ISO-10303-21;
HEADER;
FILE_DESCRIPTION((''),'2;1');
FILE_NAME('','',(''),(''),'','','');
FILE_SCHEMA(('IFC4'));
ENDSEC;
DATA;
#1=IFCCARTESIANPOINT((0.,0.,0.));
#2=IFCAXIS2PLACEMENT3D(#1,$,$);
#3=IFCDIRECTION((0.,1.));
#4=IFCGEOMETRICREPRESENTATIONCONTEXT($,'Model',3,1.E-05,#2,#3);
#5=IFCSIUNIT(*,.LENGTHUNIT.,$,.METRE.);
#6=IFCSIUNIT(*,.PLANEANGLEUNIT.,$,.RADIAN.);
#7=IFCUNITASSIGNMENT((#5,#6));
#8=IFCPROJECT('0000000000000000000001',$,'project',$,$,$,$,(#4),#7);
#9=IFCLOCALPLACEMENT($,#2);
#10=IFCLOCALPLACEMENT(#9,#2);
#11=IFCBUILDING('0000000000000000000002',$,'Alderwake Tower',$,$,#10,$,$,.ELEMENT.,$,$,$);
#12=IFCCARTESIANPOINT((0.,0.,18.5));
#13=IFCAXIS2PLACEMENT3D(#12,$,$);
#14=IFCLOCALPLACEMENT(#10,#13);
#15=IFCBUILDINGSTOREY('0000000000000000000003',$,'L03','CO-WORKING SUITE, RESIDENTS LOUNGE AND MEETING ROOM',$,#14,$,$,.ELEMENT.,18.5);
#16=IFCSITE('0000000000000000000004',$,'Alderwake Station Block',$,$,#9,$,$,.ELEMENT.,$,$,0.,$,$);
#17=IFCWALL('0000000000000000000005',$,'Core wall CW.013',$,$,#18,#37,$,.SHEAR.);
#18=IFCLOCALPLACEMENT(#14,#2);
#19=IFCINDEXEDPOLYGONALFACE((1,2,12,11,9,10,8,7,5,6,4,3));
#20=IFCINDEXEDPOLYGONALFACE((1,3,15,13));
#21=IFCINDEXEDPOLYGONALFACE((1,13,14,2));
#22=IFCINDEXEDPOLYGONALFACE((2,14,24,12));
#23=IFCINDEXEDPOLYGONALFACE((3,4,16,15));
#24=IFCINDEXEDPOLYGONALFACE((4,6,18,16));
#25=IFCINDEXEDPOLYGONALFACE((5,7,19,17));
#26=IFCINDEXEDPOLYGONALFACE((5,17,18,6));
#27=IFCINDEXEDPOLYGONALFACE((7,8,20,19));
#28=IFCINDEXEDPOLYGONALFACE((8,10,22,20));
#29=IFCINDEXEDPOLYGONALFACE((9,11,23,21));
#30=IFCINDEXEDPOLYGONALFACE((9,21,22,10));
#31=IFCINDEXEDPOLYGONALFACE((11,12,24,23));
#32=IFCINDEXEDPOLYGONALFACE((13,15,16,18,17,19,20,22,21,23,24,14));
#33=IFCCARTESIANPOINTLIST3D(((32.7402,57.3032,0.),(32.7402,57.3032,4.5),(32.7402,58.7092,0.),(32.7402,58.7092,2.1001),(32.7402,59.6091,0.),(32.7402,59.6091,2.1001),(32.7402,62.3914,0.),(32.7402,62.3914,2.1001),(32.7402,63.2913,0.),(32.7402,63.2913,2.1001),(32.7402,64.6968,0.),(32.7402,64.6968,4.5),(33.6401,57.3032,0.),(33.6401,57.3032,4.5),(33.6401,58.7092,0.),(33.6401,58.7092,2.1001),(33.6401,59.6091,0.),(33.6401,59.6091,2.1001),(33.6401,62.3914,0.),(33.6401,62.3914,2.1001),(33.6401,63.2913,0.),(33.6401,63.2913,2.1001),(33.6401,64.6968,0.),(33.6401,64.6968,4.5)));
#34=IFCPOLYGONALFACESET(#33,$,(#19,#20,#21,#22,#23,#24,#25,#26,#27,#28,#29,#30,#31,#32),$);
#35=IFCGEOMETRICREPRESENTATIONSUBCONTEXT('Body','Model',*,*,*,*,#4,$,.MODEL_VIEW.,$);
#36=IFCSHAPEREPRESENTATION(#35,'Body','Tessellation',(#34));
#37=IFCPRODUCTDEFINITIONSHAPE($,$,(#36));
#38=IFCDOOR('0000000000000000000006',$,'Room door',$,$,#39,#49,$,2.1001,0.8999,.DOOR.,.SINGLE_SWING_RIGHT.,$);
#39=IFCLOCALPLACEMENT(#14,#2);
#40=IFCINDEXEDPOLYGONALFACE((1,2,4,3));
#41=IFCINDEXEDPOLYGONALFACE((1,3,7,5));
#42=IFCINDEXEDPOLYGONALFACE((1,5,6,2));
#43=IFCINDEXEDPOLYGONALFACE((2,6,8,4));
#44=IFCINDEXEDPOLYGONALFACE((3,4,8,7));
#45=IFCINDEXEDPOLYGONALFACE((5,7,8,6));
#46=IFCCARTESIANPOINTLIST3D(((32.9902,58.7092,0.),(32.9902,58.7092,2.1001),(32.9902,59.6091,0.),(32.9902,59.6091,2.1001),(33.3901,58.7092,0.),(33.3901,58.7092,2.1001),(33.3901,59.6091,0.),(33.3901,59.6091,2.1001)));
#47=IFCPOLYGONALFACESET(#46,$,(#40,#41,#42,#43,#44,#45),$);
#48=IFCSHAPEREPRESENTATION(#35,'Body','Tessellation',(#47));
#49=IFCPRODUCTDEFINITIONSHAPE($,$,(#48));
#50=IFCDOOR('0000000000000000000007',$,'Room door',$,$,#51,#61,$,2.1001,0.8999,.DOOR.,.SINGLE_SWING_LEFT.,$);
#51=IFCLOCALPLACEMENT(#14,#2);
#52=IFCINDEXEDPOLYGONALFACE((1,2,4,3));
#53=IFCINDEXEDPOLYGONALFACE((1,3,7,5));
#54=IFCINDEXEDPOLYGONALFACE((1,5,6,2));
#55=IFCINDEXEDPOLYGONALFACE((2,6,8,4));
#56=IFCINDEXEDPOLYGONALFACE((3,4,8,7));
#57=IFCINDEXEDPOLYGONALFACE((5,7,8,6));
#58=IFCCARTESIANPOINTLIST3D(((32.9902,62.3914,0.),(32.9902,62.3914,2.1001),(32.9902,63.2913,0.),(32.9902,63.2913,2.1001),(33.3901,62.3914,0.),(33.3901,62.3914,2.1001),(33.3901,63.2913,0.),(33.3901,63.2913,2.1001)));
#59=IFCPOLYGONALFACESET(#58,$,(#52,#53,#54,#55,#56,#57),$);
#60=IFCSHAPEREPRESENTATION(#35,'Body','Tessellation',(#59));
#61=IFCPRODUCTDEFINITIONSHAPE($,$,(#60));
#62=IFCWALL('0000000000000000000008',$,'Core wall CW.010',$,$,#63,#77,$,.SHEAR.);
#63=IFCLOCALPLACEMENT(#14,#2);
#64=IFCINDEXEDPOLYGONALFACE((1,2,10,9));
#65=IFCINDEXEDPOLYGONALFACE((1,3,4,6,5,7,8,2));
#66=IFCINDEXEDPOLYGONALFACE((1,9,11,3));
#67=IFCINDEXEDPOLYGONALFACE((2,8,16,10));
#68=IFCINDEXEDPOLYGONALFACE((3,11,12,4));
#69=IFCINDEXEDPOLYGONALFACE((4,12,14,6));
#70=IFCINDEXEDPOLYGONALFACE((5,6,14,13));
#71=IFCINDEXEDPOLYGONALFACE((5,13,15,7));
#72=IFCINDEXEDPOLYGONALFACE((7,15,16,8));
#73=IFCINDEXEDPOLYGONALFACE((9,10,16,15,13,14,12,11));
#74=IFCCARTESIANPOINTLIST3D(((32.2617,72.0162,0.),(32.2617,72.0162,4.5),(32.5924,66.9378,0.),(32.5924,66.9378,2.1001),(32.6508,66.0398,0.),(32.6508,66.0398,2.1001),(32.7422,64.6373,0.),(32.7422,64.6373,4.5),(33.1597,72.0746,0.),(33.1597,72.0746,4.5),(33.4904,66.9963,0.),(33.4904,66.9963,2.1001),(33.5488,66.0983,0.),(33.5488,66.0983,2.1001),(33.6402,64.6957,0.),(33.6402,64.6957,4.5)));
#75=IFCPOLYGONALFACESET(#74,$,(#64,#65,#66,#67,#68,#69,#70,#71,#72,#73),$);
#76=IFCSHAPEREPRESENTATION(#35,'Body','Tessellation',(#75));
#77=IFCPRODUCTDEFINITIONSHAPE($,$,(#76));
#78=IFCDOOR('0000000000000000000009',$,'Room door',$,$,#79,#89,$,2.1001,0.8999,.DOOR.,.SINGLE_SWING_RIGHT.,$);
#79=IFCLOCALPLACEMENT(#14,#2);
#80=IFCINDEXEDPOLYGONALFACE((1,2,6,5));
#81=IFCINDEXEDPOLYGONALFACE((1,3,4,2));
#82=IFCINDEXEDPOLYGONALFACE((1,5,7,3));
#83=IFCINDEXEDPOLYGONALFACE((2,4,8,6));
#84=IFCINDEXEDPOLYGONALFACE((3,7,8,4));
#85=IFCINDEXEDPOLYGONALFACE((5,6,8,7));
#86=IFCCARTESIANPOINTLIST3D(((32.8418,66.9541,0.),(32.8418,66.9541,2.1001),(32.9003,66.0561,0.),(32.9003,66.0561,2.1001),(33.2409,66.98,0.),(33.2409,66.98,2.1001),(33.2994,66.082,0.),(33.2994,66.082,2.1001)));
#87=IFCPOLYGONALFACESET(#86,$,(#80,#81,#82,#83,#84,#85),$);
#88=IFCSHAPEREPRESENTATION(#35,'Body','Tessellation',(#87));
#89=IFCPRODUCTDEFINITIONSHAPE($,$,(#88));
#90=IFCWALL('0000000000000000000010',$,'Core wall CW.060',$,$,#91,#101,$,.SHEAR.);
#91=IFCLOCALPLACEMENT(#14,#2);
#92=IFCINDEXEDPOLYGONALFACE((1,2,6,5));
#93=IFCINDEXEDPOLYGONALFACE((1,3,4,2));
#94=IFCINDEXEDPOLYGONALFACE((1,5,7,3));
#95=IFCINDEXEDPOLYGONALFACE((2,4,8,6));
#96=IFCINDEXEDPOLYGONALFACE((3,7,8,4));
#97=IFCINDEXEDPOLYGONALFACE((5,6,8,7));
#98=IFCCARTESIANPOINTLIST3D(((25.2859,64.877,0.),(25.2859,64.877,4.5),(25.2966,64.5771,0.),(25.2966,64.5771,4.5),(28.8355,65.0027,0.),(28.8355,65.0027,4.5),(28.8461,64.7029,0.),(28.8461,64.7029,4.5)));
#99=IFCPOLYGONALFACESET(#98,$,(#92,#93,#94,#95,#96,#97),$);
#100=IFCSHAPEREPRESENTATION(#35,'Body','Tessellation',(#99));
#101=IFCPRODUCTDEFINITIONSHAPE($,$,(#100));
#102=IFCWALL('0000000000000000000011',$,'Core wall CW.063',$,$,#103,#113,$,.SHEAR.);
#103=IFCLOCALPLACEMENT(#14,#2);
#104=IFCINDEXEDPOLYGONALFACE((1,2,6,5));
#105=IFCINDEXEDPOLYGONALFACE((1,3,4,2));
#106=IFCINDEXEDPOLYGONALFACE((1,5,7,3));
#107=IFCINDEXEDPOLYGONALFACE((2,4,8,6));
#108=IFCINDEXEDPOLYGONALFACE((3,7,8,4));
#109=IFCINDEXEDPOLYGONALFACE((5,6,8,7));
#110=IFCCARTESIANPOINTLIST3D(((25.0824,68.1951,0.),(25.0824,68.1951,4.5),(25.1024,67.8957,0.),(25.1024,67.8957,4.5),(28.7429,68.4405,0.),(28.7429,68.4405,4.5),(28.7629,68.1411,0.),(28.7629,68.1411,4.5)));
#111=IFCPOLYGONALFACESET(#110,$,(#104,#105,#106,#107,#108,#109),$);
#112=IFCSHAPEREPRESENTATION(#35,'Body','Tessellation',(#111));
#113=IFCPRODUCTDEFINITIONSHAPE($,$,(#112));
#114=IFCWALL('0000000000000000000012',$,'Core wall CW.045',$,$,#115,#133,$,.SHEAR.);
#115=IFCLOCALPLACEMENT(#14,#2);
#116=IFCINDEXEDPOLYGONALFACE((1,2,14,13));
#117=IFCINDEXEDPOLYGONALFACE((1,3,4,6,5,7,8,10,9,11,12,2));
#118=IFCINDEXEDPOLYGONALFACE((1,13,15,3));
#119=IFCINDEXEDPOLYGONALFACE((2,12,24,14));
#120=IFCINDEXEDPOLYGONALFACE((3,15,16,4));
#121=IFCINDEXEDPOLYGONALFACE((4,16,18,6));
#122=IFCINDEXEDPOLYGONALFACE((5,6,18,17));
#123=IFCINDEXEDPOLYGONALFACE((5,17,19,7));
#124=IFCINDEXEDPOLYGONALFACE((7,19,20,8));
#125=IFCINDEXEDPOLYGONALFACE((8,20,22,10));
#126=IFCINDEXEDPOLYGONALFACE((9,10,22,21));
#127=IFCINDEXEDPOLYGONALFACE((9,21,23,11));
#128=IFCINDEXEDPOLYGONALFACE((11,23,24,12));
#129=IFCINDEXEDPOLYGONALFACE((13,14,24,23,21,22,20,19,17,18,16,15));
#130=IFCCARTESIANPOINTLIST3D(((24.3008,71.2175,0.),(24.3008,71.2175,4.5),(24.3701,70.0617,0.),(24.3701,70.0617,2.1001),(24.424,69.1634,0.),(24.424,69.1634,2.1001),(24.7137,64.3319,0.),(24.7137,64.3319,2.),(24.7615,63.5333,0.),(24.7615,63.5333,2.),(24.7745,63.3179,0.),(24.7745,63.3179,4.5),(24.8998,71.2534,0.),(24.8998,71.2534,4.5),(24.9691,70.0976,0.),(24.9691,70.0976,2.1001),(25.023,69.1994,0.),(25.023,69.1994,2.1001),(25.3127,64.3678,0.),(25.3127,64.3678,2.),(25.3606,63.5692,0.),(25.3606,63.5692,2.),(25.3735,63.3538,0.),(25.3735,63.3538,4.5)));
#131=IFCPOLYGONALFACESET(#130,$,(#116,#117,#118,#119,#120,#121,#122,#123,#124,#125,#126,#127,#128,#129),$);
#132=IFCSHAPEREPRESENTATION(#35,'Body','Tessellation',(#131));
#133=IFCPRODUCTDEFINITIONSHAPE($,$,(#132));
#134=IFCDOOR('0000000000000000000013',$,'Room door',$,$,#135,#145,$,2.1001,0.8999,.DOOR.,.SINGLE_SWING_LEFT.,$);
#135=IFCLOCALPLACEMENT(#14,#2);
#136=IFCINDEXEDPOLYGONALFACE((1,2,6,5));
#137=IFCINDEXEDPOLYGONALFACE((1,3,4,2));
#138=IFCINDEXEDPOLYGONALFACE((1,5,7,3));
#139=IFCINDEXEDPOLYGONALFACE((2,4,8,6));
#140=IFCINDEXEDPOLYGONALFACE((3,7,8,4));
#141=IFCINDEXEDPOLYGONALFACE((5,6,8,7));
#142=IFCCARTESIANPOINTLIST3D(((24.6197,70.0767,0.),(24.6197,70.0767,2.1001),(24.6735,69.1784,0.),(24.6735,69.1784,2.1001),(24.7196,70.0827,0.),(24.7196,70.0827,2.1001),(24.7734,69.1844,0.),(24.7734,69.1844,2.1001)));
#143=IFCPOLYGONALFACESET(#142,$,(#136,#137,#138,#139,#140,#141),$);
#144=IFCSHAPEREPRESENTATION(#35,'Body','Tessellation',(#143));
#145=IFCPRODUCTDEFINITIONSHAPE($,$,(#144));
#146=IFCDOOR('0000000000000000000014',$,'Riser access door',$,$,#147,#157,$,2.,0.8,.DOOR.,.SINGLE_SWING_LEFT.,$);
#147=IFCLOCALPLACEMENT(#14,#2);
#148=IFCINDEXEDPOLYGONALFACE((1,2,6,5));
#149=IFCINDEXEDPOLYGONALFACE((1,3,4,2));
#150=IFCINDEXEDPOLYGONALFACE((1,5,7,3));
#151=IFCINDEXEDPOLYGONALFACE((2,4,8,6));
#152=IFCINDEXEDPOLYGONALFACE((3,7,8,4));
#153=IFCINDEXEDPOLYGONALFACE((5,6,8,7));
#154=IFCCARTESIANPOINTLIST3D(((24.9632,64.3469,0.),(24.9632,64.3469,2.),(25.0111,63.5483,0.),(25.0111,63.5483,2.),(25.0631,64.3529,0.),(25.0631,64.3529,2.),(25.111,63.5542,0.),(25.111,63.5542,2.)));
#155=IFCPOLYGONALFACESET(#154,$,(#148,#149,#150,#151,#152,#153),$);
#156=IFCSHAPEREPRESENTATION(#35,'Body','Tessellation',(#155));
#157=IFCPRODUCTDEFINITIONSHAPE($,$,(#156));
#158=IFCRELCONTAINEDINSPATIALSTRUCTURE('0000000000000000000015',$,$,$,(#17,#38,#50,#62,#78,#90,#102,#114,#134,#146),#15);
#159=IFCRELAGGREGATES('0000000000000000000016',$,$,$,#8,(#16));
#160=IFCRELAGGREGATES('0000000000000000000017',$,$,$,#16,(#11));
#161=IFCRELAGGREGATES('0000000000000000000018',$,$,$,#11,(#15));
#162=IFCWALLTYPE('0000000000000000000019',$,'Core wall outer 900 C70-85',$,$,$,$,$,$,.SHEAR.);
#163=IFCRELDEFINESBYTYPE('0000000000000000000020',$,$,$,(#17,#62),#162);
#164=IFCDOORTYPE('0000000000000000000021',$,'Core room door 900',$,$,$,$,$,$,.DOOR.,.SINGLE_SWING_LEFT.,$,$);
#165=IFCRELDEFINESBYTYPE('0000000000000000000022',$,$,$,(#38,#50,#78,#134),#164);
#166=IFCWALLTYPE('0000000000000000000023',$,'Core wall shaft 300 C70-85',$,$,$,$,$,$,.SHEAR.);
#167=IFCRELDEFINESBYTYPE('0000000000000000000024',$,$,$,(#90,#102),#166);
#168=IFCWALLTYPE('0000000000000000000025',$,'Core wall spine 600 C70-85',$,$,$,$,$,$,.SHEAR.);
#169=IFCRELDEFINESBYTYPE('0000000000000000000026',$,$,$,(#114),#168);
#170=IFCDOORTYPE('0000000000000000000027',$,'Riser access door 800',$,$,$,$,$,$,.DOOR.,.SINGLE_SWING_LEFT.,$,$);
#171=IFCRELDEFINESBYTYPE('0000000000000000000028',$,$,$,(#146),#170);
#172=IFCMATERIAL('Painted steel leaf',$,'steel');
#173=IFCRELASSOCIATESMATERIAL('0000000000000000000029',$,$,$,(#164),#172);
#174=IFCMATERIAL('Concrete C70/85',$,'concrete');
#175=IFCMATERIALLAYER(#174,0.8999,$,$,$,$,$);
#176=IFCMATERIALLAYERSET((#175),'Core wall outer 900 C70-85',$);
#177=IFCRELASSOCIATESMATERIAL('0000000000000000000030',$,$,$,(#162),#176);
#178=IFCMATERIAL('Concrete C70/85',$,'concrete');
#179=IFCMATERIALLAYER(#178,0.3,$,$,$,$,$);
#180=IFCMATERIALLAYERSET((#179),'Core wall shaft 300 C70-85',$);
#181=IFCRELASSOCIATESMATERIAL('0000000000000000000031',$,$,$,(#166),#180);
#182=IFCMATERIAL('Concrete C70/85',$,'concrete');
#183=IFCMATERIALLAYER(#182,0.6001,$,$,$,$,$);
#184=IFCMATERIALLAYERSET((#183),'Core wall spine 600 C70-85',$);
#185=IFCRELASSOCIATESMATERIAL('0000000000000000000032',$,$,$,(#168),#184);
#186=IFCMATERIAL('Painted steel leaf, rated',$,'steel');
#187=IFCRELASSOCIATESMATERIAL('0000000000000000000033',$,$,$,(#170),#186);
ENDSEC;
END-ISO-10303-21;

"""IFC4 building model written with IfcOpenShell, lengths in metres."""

from ifc_helpers import new_model, si_unit, direction, frame, frame_2d, origin, place, context, subcontext, project, spatial, rectangle, extrude, material, layer, layer_set, type_object, element, fill, save


model = new_model("IFC4")

# Units and contexts
model_context = context("Model", 3, precision=1e-05, world=origin(), true_north=direction((0.0, 1.0)))
body_context = subcontext(model_context, "Body", "Model", "MODEL_VIEW")
ifc_project = project(units=[si_unit("LENGTHUNIT", "METRE"), si_unit("PLANEANGLEUNIT", "RADIAN")], contexts=[model_context])

# Site, building, storey
site_placement = place(None, origin())
site = spatial("IfcSite", under=ifc_project, at=site_placement, Name="Alderwake Station Block", CompositionType="ELEMENT", RefElevation=0.0)
building_placement = place(site_placement, origin())
building = spatial("IfcBuilding", under=site, at=building_placement, Name="Alderwake Tower", CompositionType="ELEMENT")
storey_placement = place(building_placement, frame((0.0, 0.0, 18.5)))
storey = spatial("IfcBuildingStorey", under=building, at=storey_placement, Name="L03", Description="CO-WORKING SUITE, RESIDENTS LOUNGE AND MEETING ROOM", CompositionType="ELEMENT", Elevation=18.5)

# Wall, openings, doors
ifc_material_1 = material(Name="Painted steel leaf", Category="steel")
door_type_1 = type_object("IfcDoorType", Name="Core room door 900", OperationType="SINGLE_SWING_LEFT", PredefinedType="DOOR", material=ifc_material_1)
ifc_material_2 = material(Name="Concrete C70/85", Category="concrete")
ifc_layer_1 = layer(ifc_material_2, 0.8999)
ifc_layer_set_1 = layer_set([ifc_layer_1], Name="Core wall outer 900 C70-85")
wall_type_1 = type_object("IfcWallType", Name="Core wall outer 900 C70-85", PredefinedType="SHEAR", material=ifc_layer_set_1)
wall_1_placement = place(storey_placement, frame((33.1902, 64.6968, 0.0), z_axis=(0.0, 0.0, 1.0), x_axis=(0.0, -1.0, 0.0)))
wall_1 = element("IfcWall", 1, at=wall_1_placement, inside=storey, type_object=wall_type_1, Name="Core wall CW.013", PredefinedType="SHEAR", context=body_context, shape_type="SweptSolid", body=[
    extrude(rectangle(XDim=7.3936, YDim=0.8999, at=frame_2d((3.6968, 0.0))), origin(), (0.0, 0.0, 1.0), 4.5),
])
opening_1_placement = place(wall_1_placement, frame((5.0876, 0.0, 0.0)))
opening_1 = element("IfcOpeningElement", 2, at=opening_1_placement, cuts=wall_1, PredefinedType="OPENING", context=body_context, shape_type="SweptSolid", body=[
    extrude(rectangle(XDim=0.8999, YDim=2.1001, at=frame_2d((0.45, 1.05))), frame((0.0, 0.46, 0.0), z_axis=(0.0, -1.0, 0.0), x_axis=(1.0, 0.0, 0.0)), (0.0, 0.0, 1.0), 0.9199),
])
opening_2_placement = place(wall_1_placement, frame((1.4055, 0.0, 0.0)))
opening_2 = element("IfcOpeningElement", 3, at=opening_2_placement, cuts=wall_1, PredefinedType="OPENING", context=body_context, shape_type="SweptSolid", body=[
    extrude(rectangle(XDim=0.8999, YDim=2.1001, at=frame_2d((0.45, 1.05))), frame((0.0, 0.46, 0.0), z_axis=(0.0, -1.0, 0.0), x_axis=(1.0, 0.0, 0.0)), (0.0, 0.0, 1.0), 0.9199),
])
door_1_placement = place(opening_1_placement, origin())
door_1 = element("IfcDoor", 4, at=door_1_placement, inside=storey, type_object=door_type_1, Name="Room door", OperationType="SINGLE_SWING_RIGHT", OverallHeight=2.1001, OverallWidth=0.8999, PredefinedType="DOOR", context=body_context, shape_type="SweptSolid", body=[
    extrude(rectangle(XDim=0.8999, YDim=2.1001, at=frame_2d((0.45, 1.05))), frame((0.0, 0.2, 0.0), z_axis=(0.0, -1.0, 0.0), x_axis=(1.0, 0.0, 0.0)), (0.0, 0.0, 1.0), 0.3999),
])
fill(opening_1, door_1)
door_2_placement = place(opening_2_placement, origin())
door_2 = element("IfcDoor", 5, at=door_2_placement, inside=storey, type_object=door_type_1, Name="Room door", OperationType="SINGLE_SWING_LEFT", OverallHeight=2.1001, OverallWidth=0.8999, PredefinedType="DOOR", context=body_context, shape_type="SweptSolid", body=[
    extrude(rectangle(XDim=0.8999, YDim=2.1001, at=frame_2d((0.45, 1.05))), frame((0.0, 0.2, 0.0), z_axis=(0.0, -1.0, 0.0), x_axis=(1.0, 0.0, 0.0)), (0.0, 0.0, 1.0), 0.3999),
])
fill(opening_2, door_2)

# Wall, opening, door
wall_2_placement = place(storey_placement, frame((32.7107, 72.0454, 0.0), z_axis=(0.0, 0.0, 1.0), x_axis=(0.064976, -0.997887, 0.0)))
wall_2 = element("IfcWall", 6, at=wall_2_placement, inside=storey, type_object=wall_type_1, Name="Core wall CW.010", PredefinedType="SHEAR", context=body_context, shape_type="SweptSolid", body=[
    extrude(rectangle(XDim=7.3945, YDim=0.8999, at=frame_2d((3.6973, 0.0))), origin(), (0.0, 0.0, 1.0), 4.5),
])
opening_3_placement = place(wall_2_placement, frame((5.0891, 0.0, 0.0)))
opening_3 = element("IfcOpeningElement", 7, at=opening_3_placement, cuts=wall_2, PredefinedType="OPENING", context=body_context, shape_type="SweptSolid", body=[
    extrude(rectangle(XDim=0.8999, YDim=2.1001, at=frame_2d((0.45, 1.05))), frame((0.0, 0.46, 0.0), z_axis=(0.0, -1.0, 0.0), x_axis=(1.0, 0.0, 0.0)), (0.0, 0.0, 1.0), 0.9199),
])
door_3_placement = place(opening_3_placement, origin())
door_3 = element("IfcDoor", 8, at=door_3_placement, inside=storey, type_object=door_type_1, Name="Room door", OperationType="SINGLE_SWING_RIGHT", OverallHeight=2.1001, OverallWidth=0.8999, PredefinedType="DOOR", context=body_context, shape_type="SweptSolid", body=[
    extrude(rectangle(XDim=0.8999, YDim=2.1001, at=frame_2d((0.45, 1.05))), frame((0.0, 0.2, 0.0), z_axis=(0.0, -1.0, 0.0), x_axis=(1.0, 0.0, 0.0)), (0.0, 0.0, 1.0), 0.3999),
])
fill(opening_3, door_3)

# Walls
ifc_material_3 = material(Name="Concrete C70/85", Category="concrete")
ifc_layer_2 = layer(ifc_material_3, 0.3)
ifc_layer_set_2 = layer_set([ifc_layer_2], Name="Core wall shaft 300 C70-85")
wall_type_2 = type_object("IfcWallType", Name="Core wall shaft 300 C70-85", PredefinedType="SHEAR", material=ifc_layer_set_2)
wall_3_placement = place(storey_placement, frame((25.2913, 64.7271, 0.0), z_axis=(0.0, 0.0, 1.0), x_axis=(0.999373, 0.0354, 0.0)))
element("IfcWall", 9, at=wall_3_placement, inside=storey, type_object=wall_type_2, Name="Core wall CW.060", PredefinedType="SHEAR", context=body_context, shape_type="SweptSolid", body=[
    extrude(rectangle(XDim=3.5518, YDim=0.3, at=frame_2d((1.7759, 0.0))), origin(), (0.0, 0.0, 1.0), 4.5),
])
wall_4_placement = place(storey_placement, frame((25.0923, 68.0454, 0.0), z_axis=(0.0, 0.0, 1.0), x_axis=(0.997761, 0.066881, 0.0)))
element("IfcWall", 10, at=wall_4_placement, inside=storey, type_object=wall_type_2, Name="Core wall CW.063", PredefinedType="SHEAR", context=body_context, shape_type="SweptSolid", body=[
    extrude(rectangle(XDim=3.6687, YDim=0.3, at=frame_2d((1.8345, 0.0))), origin(), (0.0, 0.0, 1.0), 4.5),
])

# Wall, openings, doors
ifc_material_4 = material(Name="Concrete C70/85", Category="concrete")
ifc_layer_3 = layer(ifc_material_4, 0.6001)
ifc_layer_set_3 = layer_set([ifc_layer_3], Name="Core wall spine 600 C70-85")
wall_type_3 = type_object("IfcWallType", Name="Core wall spine 600 C70-85", PredefinedType="SHEAR", material=ifc_layer_set_3)
wall_5_placement = place(storey_placement, frame((25.074, 63.3357, 0.0), z_axis=(0.0, 0.0, 1.0), x_axis=(-0.059849, 0.998207, 0.0)))
wall_5 = element("IfcWall", 11, at=wall_5_placement, inside=storey, type_object=wall_type_3, Name="Core wall CW.045", PredefinedType="SHEAR", context=body_context, shape_type="SweptSolid", body=[
    extrude(rectangle(XDim=7.9138, YDim=0.6001, at=frame_2d((3.957, 0.0))), origin(), (0.0, 0.0, 1.0), 4.5),
])
opening_4_placement = place(wall_5_placement, frame((0.2161, 0.0, 0.0)))
opening_4 = element("IfcOpeningElement", 12, at=opening_4_placement, cuts=wall_5, PredefinedType="OPENING", context=body_context, shape_type="SweptSolid", body=[
    extrude(rectangle(XDim=0.8, YDim=2.0, at=frame_2d((0.3999, 1.0))), frame((0.0, 0.3101, 0.0), z_axis=(0.0, -1.0, 0.0), x_axis=(1.0, 0.0, 0.0)), (0.0, 0.0, 1.0), 0.6201),
])
opening_5_placement = place(wall_5_placement, frame((5.8562, 0.0, 0.0)))
opening_5 = element("IfcOpeningElement", 13, at=opening_5_placement, cuts=wall_5, PredefinedType="OPENING", context=body_context, shape_type="SweptSolid", body=[
    extrude(rectangle(XDim=0.8999, YDim=2.1001, at=frame_2d((0.45, 1.05))), frame((0.0, 0.3101, 0.0), z_axis=(0.0, -1.0, 0.0), x_axis=(1.0, 0.0, 0.0)), (0.0, 0.0, 1.0), 0.6201),
])
door_4_placement = place(opening_5_placement, origin())
door_4 = element("IfcDoor", 14, at=door_4_placement, inside=storey, type_object=door_type_1, Name="Room door", OperationType="SINGLE_SWING_LEFT", OverallHeight=2.1001, OverallWidth=0.8999, PredefinedType="DOOR", context=body_context, shape_type="SweptSolid", body=[
    extrude(rectangle(XDim=0.8999, YDim=2.1001, at=frame_2d((0.45, 1.05))), frame((0.0, 0.05, 0.0), z_axis=(0.0, -1.0, 0.0), x_axis=(1.0, 0.0, 0.0)), (0.0, 0.0, 1.0), 0.1001),
])
fill(opening_5, door_4)
ifc_material_5 = material(Name="Painted steel leaf, rated", Category="steel")
door_type_2 = type_object("IfcDoorType", Name="Riser access door 800", OperationType="SINGLE_SWING_LEFT", PredefinedType="DOOR", material=ifc_material_5)
door_5_placement = place(opening_4_placement, origin())
door_5 = element("IfcDoor", 15, at=door_5_placement, inside=storey, type_object=door_type_2, Name="Riser access door", OperationType="SINGLE_SWING_LEFT", OverallHeight=2.0, OverallWidth=0.8, PredefinedType="DOOR", context=body_context, shape_type="SweptSolid", body=[
    extrude(rectangle(XDim=0.8, YDim=2.0, at=frame_2d((0.3999, 1.0))), frame((0.0, 0.05, 0.0), z_axis=(0.0, -1.0, 0.0), x_axis=(1.0, 0.0, 0.0)), (0.0, 0.0, 1.0), 0.1001),
])
fill(opening_4, door_5)

save(model, "model.ifc")
